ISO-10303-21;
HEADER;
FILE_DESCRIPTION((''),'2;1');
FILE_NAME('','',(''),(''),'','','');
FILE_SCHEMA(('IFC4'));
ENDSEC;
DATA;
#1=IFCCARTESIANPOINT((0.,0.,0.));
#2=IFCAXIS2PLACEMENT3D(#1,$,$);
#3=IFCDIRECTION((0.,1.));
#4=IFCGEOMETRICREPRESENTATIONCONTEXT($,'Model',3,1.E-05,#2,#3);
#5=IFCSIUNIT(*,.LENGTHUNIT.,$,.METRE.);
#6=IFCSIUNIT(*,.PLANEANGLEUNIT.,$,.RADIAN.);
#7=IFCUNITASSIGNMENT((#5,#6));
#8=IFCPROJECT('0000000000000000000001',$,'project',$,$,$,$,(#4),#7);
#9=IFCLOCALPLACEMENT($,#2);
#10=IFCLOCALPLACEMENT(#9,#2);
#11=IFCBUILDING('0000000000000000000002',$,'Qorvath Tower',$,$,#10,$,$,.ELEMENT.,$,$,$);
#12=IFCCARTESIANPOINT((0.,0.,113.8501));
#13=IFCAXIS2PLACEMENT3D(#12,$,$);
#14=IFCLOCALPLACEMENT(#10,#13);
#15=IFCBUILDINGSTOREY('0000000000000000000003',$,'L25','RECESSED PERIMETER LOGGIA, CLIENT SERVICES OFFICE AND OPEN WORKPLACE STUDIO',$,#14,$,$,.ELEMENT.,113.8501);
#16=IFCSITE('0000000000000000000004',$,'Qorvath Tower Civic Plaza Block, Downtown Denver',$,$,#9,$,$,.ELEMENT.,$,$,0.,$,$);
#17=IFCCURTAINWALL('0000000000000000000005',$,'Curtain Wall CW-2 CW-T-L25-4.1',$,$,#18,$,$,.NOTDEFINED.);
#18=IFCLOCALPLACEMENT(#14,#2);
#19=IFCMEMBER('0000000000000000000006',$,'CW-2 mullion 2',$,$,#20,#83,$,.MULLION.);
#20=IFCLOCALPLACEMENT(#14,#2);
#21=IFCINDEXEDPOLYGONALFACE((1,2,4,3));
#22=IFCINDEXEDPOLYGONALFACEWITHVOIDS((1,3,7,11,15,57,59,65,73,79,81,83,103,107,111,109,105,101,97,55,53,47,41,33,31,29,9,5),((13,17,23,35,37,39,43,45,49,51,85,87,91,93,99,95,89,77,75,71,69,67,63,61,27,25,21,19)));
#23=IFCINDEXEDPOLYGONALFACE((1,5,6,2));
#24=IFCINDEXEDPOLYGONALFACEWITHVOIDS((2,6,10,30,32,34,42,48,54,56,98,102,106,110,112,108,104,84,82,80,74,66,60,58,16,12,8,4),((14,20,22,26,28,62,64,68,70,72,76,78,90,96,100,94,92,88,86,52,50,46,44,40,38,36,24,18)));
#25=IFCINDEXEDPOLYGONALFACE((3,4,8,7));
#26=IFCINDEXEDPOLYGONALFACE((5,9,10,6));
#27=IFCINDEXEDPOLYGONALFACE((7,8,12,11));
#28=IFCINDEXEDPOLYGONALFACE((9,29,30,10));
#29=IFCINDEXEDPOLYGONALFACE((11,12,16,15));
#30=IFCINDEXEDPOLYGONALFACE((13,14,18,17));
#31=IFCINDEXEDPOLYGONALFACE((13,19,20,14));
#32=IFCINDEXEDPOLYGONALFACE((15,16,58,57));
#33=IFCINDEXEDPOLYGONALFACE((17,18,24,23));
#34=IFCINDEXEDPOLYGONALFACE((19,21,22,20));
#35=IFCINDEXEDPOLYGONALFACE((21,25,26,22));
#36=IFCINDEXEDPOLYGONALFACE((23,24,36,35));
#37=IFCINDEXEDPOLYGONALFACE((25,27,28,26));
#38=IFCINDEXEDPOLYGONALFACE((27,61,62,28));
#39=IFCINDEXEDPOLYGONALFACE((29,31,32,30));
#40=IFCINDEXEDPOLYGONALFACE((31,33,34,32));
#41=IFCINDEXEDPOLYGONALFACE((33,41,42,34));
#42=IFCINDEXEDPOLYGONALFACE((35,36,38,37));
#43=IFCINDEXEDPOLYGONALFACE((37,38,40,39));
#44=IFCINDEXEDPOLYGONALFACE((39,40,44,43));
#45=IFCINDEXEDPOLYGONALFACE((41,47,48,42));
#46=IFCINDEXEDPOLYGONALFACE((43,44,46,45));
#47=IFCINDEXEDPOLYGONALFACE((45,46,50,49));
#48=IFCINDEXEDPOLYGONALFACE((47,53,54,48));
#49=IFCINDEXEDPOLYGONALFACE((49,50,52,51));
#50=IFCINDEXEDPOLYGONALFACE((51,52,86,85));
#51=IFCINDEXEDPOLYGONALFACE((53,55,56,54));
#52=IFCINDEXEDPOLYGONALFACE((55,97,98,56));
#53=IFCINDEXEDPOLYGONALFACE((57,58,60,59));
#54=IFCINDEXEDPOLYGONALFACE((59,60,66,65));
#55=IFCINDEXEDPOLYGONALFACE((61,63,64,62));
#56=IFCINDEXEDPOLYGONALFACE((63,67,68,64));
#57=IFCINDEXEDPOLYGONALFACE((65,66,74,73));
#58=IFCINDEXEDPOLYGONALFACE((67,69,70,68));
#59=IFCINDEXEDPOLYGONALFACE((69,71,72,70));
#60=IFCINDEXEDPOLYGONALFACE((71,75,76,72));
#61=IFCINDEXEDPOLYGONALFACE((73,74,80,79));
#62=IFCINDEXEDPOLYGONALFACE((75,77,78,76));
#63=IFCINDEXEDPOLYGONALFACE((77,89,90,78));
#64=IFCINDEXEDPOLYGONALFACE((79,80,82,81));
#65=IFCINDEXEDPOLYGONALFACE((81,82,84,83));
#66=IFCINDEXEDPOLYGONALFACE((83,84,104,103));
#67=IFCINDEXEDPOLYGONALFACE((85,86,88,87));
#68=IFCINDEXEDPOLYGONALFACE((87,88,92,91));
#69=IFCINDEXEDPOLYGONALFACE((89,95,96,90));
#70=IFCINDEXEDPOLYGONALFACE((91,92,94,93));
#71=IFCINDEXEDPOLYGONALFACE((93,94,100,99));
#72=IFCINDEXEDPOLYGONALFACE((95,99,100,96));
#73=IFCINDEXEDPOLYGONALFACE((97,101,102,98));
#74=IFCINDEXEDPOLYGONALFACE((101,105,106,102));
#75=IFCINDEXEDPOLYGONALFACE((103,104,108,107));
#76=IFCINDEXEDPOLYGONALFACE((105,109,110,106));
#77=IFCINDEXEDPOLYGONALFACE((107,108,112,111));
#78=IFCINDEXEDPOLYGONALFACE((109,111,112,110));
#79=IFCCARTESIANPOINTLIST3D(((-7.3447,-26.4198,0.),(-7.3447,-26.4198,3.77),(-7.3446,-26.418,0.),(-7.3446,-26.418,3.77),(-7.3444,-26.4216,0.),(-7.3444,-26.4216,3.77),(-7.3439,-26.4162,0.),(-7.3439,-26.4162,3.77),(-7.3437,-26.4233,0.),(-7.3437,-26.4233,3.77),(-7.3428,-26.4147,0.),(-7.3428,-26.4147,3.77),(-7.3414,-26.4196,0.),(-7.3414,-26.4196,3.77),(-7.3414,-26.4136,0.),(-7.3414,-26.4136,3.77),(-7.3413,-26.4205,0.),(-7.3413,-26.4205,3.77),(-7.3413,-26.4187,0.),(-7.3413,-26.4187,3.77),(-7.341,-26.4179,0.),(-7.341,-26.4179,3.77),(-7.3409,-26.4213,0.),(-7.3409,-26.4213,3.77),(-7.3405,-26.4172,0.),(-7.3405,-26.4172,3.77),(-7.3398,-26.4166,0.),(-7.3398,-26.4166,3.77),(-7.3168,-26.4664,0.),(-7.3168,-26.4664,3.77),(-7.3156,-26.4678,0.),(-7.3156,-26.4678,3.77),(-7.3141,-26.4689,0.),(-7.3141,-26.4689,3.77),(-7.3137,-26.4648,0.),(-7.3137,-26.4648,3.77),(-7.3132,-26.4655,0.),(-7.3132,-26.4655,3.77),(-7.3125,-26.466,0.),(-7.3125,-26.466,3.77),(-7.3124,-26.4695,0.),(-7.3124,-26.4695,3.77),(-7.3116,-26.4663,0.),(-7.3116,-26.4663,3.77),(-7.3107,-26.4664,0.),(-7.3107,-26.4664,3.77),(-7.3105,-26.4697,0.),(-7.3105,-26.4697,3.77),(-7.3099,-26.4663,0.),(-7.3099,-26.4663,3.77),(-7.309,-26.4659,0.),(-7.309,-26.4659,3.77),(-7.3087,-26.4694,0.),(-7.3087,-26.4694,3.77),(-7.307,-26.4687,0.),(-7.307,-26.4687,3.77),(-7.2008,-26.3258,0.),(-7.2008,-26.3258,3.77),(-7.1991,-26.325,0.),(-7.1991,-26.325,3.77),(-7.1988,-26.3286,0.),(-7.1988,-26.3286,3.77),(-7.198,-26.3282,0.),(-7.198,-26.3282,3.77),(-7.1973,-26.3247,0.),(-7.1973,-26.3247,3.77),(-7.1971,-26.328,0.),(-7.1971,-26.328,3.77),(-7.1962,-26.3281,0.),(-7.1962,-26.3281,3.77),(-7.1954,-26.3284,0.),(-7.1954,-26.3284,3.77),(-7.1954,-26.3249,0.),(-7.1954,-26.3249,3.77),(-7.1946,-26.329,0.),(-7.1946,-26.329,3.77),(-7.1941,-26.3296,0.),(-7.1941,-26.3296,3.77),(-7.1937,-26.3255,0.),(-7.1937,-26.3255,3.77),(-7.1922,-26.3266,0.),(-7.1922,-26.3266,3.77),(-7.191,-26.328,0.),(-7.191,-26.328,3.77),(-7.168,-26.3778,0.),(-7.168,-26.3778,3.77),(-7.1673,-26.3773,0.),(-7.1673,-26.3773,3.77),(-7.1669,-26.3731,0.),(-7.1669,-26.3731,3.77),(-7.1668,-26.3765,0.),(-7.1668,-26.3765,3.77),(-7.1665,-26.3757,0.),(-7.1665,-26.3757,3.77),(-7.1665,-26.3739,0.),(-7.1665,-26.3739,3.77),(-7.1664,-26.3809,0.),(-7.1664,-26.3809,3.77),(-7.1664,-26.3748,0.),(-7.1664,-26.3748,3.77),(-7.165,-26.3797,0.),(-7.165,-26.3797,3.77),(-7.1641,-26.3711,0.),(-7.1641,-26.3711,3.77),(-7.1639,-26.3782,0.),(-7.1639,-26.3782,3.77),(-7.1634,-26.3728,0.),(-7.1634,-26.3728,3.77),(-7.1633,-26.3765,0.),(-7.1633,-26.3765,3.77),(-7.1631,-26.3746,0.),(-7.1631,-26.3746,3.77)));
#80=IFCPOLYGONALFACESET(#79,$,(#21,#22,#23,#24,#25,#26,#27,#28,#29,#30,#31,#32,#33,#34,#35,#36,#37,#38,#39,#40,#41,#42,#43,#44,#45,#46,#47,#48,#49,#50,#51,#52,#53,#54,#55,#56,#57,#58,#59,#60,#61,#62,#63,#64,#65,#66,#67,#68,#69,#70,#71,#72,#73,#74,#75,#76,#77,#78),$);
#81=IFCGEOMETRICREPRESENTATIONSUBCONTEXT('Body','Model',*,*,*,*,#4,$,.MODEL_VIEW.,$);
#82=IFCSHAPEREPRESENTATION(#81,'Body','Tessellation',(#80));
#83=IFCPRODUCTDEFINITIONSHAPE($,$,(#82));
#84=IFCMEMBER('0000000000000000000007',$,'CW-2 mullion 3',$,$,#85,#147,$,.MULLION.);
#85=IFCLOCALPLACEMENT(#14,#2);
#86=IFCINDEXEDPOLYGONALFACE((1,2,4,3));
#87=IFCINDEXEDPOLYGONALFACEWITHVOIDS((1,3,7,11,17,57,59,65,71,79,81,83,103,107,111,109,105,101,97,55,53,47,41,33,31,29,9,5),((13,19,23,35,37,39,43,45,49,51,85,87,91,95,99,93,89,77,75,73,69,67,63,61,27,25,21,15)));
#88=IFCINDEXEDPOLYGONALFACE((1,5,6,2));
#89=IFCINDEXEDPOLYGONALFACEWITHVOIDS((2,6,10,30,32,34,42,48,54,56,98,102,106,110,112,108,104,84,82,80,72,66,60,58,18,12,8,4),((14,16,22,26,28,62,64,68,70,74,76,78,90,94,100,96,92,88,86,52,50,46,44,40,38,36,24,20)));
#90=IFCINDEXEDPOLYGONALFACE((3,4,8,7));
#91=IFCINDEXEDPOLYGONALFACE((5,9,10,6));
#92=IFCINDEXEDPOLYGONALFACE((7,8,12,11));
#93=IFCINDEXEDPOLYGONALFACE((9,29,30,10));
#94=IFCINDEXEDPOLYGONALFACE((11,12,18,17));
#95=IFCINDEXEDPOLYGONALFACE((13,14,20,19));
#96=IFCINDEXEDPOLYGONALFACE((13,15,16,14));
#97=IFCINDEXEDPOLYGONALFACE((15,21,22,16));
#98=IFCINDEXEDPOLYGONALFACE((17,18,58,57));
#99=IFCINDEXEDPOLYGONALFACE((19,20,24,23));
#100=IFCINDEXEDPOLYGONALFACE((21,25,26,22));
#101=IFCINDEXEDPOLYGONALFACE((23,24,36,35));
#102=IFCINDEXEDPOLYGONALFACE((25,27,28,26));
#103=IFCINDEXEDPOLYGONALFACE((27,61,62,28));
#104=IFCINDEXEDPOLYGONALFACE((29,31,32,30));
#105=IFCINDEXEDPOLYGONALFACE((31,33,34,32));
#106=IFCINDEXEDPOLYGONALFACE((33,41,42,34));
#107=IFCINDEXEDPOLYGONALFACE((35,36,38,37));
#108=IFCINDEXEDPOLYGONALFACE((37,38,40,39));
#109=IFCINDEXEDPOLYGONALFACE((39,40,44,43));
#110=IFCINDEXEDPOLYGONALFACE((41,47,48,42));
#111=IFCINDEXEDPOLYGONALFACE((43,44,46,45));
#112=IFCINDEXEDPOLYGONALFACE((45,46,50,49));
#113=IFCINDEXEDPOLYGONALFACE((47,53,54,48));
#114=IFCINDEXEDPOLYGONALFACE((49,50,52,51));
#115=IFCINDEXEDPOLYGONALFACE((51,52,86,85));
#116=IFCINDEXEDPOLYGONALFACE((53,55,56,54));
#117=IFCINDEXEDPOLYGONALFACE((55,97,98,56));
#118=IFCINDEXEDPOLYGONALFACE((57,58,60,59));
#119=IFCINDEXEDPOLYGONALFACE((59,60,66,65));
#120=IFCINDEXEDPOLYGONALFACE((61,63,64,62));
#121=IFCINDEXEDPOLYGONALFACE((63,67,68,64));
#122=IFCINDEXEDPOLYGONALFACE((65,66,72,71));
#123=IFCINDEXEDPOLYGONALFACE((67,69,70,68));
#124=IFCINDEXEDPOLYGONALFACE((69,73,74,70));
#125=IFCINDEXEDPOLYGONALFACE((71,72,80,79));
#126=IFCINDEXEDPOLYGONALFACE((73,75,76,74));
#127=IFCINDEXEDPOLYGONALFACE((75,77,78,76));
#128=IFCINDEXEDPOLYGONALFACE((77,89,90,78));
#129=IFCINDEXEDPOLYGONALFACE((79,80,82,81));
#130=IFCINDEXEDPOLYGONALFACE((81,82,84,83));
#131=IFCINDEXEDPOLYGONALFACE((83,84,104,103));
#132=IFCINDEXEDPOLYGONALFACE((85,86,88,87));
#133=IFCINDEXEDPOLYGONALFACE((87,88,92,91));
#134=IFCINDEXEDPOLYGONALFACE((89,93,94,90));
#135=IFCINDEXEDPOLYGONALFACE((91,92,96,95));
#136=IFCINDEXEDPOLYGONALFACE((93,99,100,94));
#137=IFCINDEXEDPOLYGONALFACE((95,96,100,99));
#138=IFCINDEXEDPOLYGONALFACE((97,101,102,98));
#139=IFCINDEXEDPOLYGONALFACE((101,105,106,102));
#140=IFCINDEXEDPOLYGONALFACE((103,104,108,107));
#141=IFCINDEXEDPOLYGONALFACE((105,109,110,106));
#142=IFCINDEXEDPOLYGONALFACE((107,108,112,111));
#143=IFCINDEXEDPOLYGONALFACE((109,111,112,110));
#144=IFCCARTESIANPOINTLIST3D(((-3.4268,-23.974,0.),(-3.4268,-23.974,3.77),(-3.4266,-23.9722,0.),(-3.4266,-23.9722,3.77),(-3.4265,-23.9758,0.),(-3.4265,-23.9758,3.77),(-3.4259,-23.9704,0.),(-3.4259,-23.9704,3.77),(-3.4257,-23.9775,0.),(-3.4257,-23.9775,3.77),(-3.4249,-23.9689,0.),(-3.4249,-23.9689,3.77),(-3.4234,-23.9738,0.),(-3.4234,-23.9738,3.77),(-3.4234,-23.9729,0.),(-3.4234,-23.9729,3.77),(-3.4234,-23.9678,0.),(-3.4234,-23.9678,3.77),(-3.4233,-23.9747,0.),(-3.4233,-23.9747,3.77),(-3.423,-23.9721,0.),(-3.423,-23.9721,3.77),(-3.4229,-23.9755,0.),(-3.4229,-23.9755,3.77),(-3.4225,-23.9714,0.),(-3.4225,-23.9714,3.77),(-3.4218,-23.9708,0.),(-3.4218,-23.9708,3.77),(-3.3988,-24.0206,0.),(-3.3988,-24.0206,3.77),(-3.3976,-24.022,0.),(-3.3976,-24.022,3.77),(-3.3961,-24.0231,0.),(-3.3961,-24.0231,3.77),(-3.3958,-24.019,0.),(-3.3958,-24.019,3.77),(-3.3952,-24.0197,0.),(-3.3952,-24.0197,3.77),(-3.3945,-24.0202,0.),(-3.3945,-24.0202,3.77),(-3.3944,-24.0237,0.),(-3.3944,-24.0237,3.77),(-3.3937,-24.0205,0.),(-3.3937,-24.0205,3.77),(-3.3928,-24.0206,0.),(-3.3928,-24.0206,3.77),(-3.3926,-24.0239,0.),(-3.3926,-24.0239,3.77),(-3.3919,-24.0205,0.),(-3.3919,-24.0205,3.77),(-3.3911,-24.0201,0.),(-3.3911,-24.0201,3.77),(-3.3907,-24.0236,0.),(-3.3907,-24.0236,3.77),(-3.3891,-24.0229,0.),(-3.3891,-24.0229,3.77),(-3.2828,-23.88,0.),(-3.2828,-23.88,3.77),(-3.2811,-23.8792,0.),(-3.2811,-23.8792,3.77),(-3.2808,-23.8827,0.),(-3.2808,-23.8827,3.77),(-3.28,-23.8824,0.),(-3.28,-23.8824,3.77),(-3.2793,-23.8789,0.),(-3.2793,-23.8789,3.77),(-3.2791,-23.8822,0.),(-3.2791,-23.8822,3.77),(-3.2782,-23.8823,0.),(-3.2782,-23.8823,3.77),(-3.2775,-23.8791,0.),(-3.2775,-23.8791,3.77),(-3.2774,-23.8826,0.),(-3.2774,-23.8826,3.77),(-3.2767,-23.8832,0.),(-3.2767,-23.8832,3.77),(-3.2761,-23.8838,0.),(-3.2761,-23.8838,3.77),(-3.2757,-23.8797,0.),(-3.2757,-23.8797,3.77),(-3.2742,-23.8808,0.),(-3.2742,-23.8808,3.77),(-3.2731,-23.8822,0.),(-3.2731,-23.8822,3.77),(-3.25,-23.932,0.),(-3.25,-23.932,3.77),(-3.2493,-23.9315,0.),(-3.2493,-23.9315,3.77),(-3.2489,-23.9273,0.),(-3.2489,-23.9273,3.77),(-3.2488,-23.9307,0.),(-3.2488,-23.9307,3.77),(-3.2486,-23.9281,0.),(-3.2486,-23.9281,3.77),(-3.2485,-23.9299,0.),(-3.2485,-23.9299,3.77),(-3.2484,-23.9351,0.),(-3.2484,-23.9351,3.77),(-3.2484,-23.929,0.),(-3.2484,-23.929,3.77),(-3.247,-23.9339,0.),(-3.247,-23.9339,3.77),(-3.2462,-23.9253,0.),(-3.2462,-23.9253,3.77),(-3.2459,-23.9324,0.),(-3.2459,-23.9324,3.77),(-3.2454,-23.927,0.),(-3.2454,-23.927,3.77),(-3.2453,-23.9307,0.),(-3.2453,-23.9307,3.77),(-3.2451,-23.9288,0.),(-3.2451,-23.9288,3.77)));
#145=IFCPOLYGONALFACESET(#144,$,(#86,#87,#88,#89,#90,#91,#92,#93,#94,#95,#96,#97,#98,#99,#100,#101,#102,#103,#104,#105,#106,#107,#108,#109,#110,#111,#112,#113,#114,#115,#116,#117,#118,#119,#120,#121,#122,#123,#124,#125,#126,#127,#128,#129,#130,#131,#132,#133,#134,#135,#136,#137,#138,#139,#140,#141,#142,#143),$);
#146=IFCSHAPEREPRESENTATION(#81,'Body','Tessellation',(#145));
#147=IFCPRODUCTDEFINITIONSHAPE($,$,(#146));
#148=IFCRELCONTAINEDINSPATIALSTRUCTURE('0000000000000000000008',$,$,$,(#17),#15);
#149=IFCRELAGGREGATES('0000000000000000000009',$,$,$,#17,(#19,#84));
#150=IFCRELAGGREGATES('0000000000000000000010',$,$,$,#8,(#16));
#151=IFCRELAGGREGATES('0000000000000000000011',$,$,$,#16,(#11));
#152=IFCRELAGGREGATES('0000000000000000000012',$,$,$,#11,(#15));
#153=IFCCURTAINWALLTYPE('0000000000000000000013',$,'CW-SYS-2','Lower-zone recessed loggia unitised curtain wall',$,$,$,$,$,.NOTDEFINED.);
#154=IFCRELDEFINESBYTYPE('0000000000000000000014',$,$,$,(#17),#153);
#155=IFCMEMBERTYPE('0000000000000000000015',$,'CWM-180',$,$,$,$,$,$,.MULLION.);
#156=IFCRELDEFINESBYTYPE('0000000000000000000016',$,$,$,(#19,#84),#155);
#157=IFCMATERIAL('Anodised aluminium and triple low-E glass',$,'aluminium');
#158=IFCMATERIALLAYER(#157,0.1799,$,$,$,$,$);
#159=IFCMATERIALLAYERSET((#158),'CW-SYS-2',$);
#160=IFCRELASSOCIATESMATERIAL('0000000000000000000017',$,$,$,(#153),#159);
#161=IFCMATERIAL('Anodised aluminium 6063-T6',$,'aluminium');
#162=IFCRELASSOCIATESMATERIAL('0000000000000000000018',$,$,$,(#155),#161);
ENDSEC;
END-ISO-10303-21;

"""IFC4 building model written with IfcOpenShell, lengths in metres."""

from ifc_helpers import new_model, si_unit, direction, frame, origin, origin_2d, place, context, subcontext, project, spatial, hollow_rectangle, extrude, material, layer, layer_set, material_profile, profile_set, type_object, element, aggregate, save


model = new_model("IFC4")

# Units and contexts
model_context = context("Model", 3, precision=1e-05, world=origin(), true_north=direction((0.0, 1.0)))
body_context = subcontext(model_context, "Body", "Model", "MODEL_VIEW")
ifc_project = project(units=[si_unit("LENGTHUNIT", "METRE"), si_unit("PLANEANGLEUNIT", "RADIAN")], contexts=[model_context])

# Site, building, storey
site_placement = place(None, origin())
site = spatial("IfcSite", under=ifc_project, at=site_placement, Name="Qorvath Tower Civic Plaza Block, Downtown Denver", CompositionType="ELEMENT", RefElevation=0.0)
building_placement = place(site_placement, origin())
building = spatial("IfcBuilding", under=site, at=building_placement, Name="Qorvath Tower", CompositionType="ELEMENT")
storey_placement = place(building_placement, frame((0.0, 0.0, 113.8501)))
storey = spatial("IfcBuildingStorey", under=building, at=storey_placement, Name="L25", Description="RECESSED PERIMETER LOGGIA, CLIENT SERVICES OFFICE AND OPEN WORKPLACE STUDIO", CompositionType="ELEMENT", Elevation=113.8501)

# Curtain wall, members
ifc_material_1 = material(Name="Anodised aluminium and triple low-E glass", Category="aluminium")
ifc_layer_1 = layer(ifc_material_1, 0.1799)
ifc_layer_set_1 = layer_set([ifc_layer_1], Name="CW-SYS-2")
curtain_wall_type = type_object("IfcCurtainWallType", Name="CW-SYS-2", Description="Lower-zone recessed loggia unitised curtain wall", PredefinedType="NOTDEFINED", material=ifc_layer_set_1)
curtain_wall_1_placement = place(storey_placement, origin())
curtain_wall_1 = element("IfcCurtainWall", 1, at=curtain_wall_1_placement, inside=storey, type_object=curtain_wall_type, Name="Curtain Wall CW-2 CW-T-L25-4.1", PredefinedType="NOTDEFINED")
ifc_material_2 = material(Name="Anodised aluminium 6063-T6", Category="aluminium")
ifc_material_profile_1 = material_profile(ifc_material_2, hollow_rectangle(XDim=0.0649, YDim=0.1799, WallThickness=0.0034, InnerFilletRadius=0.0034, OuterFilletRadius=0.0071, at=origin_2d()), Name="CWM 180x65")
ifc_profile_set_1 = profile_set([ifc_material_profile_1], Name="Anodised aluminium 6063-T6")
member_type_1 = type_object("IfcMemberType", Name="CWM-180", PredefinedType="MULLION", material=ifc_profile_set_1)
member_1_placement = place(storey_placement, frame((-7.2539, -26.3972, 0.0), z_axis=(0.0, 0.0, 1.0), x_axis=(-0.529549, 0.84828, 0.0)))
member_1 = element("IfcMember", 2, at=member_1_placement, type_object=member_type_1, Name="CW-2 mullion 2", PredefinedType="MULLION", context=body_context, shape_type="SweptSolid", body=[
    extrude(hollow_rectangle(XDim=0.0649, YDim=0.1799, WallThickness=0.0034, InnerFilletRadius=0.0034, OuterFilletRadius=0.0071, at=origin_2d()), origin(), (0.0, 0.0, 1.0), 3.77),
])
member_2_placement = place(storey_placement, frame((-3.3359, -23.9514, 0.0), z_axis=(0.0, 0.0, 1.0), x_axis=(-0.529549, 0.84828, 0.0)))
member_2 = element("IfcMember", 3, at=member_2_placement, type_object=member_type_1, Name="CW-2 mullion 3", PredefinedType="MULLION", context=body_context, shape_type="SweptSolid", body=[
    extrude(hollow_rectangle(XDim=0.0649, YDim=0.1799, WallThickness=0.0034, InnerFilletRadius=0.0034, OuterFilletRadius=0.0071, at=origin_2d()), origin(), (0.0, 0.0, 1.0), 3.77),
])

aggregate(curtain_wall_1, [member_1, member_2])

save(model, "model.ifc")
